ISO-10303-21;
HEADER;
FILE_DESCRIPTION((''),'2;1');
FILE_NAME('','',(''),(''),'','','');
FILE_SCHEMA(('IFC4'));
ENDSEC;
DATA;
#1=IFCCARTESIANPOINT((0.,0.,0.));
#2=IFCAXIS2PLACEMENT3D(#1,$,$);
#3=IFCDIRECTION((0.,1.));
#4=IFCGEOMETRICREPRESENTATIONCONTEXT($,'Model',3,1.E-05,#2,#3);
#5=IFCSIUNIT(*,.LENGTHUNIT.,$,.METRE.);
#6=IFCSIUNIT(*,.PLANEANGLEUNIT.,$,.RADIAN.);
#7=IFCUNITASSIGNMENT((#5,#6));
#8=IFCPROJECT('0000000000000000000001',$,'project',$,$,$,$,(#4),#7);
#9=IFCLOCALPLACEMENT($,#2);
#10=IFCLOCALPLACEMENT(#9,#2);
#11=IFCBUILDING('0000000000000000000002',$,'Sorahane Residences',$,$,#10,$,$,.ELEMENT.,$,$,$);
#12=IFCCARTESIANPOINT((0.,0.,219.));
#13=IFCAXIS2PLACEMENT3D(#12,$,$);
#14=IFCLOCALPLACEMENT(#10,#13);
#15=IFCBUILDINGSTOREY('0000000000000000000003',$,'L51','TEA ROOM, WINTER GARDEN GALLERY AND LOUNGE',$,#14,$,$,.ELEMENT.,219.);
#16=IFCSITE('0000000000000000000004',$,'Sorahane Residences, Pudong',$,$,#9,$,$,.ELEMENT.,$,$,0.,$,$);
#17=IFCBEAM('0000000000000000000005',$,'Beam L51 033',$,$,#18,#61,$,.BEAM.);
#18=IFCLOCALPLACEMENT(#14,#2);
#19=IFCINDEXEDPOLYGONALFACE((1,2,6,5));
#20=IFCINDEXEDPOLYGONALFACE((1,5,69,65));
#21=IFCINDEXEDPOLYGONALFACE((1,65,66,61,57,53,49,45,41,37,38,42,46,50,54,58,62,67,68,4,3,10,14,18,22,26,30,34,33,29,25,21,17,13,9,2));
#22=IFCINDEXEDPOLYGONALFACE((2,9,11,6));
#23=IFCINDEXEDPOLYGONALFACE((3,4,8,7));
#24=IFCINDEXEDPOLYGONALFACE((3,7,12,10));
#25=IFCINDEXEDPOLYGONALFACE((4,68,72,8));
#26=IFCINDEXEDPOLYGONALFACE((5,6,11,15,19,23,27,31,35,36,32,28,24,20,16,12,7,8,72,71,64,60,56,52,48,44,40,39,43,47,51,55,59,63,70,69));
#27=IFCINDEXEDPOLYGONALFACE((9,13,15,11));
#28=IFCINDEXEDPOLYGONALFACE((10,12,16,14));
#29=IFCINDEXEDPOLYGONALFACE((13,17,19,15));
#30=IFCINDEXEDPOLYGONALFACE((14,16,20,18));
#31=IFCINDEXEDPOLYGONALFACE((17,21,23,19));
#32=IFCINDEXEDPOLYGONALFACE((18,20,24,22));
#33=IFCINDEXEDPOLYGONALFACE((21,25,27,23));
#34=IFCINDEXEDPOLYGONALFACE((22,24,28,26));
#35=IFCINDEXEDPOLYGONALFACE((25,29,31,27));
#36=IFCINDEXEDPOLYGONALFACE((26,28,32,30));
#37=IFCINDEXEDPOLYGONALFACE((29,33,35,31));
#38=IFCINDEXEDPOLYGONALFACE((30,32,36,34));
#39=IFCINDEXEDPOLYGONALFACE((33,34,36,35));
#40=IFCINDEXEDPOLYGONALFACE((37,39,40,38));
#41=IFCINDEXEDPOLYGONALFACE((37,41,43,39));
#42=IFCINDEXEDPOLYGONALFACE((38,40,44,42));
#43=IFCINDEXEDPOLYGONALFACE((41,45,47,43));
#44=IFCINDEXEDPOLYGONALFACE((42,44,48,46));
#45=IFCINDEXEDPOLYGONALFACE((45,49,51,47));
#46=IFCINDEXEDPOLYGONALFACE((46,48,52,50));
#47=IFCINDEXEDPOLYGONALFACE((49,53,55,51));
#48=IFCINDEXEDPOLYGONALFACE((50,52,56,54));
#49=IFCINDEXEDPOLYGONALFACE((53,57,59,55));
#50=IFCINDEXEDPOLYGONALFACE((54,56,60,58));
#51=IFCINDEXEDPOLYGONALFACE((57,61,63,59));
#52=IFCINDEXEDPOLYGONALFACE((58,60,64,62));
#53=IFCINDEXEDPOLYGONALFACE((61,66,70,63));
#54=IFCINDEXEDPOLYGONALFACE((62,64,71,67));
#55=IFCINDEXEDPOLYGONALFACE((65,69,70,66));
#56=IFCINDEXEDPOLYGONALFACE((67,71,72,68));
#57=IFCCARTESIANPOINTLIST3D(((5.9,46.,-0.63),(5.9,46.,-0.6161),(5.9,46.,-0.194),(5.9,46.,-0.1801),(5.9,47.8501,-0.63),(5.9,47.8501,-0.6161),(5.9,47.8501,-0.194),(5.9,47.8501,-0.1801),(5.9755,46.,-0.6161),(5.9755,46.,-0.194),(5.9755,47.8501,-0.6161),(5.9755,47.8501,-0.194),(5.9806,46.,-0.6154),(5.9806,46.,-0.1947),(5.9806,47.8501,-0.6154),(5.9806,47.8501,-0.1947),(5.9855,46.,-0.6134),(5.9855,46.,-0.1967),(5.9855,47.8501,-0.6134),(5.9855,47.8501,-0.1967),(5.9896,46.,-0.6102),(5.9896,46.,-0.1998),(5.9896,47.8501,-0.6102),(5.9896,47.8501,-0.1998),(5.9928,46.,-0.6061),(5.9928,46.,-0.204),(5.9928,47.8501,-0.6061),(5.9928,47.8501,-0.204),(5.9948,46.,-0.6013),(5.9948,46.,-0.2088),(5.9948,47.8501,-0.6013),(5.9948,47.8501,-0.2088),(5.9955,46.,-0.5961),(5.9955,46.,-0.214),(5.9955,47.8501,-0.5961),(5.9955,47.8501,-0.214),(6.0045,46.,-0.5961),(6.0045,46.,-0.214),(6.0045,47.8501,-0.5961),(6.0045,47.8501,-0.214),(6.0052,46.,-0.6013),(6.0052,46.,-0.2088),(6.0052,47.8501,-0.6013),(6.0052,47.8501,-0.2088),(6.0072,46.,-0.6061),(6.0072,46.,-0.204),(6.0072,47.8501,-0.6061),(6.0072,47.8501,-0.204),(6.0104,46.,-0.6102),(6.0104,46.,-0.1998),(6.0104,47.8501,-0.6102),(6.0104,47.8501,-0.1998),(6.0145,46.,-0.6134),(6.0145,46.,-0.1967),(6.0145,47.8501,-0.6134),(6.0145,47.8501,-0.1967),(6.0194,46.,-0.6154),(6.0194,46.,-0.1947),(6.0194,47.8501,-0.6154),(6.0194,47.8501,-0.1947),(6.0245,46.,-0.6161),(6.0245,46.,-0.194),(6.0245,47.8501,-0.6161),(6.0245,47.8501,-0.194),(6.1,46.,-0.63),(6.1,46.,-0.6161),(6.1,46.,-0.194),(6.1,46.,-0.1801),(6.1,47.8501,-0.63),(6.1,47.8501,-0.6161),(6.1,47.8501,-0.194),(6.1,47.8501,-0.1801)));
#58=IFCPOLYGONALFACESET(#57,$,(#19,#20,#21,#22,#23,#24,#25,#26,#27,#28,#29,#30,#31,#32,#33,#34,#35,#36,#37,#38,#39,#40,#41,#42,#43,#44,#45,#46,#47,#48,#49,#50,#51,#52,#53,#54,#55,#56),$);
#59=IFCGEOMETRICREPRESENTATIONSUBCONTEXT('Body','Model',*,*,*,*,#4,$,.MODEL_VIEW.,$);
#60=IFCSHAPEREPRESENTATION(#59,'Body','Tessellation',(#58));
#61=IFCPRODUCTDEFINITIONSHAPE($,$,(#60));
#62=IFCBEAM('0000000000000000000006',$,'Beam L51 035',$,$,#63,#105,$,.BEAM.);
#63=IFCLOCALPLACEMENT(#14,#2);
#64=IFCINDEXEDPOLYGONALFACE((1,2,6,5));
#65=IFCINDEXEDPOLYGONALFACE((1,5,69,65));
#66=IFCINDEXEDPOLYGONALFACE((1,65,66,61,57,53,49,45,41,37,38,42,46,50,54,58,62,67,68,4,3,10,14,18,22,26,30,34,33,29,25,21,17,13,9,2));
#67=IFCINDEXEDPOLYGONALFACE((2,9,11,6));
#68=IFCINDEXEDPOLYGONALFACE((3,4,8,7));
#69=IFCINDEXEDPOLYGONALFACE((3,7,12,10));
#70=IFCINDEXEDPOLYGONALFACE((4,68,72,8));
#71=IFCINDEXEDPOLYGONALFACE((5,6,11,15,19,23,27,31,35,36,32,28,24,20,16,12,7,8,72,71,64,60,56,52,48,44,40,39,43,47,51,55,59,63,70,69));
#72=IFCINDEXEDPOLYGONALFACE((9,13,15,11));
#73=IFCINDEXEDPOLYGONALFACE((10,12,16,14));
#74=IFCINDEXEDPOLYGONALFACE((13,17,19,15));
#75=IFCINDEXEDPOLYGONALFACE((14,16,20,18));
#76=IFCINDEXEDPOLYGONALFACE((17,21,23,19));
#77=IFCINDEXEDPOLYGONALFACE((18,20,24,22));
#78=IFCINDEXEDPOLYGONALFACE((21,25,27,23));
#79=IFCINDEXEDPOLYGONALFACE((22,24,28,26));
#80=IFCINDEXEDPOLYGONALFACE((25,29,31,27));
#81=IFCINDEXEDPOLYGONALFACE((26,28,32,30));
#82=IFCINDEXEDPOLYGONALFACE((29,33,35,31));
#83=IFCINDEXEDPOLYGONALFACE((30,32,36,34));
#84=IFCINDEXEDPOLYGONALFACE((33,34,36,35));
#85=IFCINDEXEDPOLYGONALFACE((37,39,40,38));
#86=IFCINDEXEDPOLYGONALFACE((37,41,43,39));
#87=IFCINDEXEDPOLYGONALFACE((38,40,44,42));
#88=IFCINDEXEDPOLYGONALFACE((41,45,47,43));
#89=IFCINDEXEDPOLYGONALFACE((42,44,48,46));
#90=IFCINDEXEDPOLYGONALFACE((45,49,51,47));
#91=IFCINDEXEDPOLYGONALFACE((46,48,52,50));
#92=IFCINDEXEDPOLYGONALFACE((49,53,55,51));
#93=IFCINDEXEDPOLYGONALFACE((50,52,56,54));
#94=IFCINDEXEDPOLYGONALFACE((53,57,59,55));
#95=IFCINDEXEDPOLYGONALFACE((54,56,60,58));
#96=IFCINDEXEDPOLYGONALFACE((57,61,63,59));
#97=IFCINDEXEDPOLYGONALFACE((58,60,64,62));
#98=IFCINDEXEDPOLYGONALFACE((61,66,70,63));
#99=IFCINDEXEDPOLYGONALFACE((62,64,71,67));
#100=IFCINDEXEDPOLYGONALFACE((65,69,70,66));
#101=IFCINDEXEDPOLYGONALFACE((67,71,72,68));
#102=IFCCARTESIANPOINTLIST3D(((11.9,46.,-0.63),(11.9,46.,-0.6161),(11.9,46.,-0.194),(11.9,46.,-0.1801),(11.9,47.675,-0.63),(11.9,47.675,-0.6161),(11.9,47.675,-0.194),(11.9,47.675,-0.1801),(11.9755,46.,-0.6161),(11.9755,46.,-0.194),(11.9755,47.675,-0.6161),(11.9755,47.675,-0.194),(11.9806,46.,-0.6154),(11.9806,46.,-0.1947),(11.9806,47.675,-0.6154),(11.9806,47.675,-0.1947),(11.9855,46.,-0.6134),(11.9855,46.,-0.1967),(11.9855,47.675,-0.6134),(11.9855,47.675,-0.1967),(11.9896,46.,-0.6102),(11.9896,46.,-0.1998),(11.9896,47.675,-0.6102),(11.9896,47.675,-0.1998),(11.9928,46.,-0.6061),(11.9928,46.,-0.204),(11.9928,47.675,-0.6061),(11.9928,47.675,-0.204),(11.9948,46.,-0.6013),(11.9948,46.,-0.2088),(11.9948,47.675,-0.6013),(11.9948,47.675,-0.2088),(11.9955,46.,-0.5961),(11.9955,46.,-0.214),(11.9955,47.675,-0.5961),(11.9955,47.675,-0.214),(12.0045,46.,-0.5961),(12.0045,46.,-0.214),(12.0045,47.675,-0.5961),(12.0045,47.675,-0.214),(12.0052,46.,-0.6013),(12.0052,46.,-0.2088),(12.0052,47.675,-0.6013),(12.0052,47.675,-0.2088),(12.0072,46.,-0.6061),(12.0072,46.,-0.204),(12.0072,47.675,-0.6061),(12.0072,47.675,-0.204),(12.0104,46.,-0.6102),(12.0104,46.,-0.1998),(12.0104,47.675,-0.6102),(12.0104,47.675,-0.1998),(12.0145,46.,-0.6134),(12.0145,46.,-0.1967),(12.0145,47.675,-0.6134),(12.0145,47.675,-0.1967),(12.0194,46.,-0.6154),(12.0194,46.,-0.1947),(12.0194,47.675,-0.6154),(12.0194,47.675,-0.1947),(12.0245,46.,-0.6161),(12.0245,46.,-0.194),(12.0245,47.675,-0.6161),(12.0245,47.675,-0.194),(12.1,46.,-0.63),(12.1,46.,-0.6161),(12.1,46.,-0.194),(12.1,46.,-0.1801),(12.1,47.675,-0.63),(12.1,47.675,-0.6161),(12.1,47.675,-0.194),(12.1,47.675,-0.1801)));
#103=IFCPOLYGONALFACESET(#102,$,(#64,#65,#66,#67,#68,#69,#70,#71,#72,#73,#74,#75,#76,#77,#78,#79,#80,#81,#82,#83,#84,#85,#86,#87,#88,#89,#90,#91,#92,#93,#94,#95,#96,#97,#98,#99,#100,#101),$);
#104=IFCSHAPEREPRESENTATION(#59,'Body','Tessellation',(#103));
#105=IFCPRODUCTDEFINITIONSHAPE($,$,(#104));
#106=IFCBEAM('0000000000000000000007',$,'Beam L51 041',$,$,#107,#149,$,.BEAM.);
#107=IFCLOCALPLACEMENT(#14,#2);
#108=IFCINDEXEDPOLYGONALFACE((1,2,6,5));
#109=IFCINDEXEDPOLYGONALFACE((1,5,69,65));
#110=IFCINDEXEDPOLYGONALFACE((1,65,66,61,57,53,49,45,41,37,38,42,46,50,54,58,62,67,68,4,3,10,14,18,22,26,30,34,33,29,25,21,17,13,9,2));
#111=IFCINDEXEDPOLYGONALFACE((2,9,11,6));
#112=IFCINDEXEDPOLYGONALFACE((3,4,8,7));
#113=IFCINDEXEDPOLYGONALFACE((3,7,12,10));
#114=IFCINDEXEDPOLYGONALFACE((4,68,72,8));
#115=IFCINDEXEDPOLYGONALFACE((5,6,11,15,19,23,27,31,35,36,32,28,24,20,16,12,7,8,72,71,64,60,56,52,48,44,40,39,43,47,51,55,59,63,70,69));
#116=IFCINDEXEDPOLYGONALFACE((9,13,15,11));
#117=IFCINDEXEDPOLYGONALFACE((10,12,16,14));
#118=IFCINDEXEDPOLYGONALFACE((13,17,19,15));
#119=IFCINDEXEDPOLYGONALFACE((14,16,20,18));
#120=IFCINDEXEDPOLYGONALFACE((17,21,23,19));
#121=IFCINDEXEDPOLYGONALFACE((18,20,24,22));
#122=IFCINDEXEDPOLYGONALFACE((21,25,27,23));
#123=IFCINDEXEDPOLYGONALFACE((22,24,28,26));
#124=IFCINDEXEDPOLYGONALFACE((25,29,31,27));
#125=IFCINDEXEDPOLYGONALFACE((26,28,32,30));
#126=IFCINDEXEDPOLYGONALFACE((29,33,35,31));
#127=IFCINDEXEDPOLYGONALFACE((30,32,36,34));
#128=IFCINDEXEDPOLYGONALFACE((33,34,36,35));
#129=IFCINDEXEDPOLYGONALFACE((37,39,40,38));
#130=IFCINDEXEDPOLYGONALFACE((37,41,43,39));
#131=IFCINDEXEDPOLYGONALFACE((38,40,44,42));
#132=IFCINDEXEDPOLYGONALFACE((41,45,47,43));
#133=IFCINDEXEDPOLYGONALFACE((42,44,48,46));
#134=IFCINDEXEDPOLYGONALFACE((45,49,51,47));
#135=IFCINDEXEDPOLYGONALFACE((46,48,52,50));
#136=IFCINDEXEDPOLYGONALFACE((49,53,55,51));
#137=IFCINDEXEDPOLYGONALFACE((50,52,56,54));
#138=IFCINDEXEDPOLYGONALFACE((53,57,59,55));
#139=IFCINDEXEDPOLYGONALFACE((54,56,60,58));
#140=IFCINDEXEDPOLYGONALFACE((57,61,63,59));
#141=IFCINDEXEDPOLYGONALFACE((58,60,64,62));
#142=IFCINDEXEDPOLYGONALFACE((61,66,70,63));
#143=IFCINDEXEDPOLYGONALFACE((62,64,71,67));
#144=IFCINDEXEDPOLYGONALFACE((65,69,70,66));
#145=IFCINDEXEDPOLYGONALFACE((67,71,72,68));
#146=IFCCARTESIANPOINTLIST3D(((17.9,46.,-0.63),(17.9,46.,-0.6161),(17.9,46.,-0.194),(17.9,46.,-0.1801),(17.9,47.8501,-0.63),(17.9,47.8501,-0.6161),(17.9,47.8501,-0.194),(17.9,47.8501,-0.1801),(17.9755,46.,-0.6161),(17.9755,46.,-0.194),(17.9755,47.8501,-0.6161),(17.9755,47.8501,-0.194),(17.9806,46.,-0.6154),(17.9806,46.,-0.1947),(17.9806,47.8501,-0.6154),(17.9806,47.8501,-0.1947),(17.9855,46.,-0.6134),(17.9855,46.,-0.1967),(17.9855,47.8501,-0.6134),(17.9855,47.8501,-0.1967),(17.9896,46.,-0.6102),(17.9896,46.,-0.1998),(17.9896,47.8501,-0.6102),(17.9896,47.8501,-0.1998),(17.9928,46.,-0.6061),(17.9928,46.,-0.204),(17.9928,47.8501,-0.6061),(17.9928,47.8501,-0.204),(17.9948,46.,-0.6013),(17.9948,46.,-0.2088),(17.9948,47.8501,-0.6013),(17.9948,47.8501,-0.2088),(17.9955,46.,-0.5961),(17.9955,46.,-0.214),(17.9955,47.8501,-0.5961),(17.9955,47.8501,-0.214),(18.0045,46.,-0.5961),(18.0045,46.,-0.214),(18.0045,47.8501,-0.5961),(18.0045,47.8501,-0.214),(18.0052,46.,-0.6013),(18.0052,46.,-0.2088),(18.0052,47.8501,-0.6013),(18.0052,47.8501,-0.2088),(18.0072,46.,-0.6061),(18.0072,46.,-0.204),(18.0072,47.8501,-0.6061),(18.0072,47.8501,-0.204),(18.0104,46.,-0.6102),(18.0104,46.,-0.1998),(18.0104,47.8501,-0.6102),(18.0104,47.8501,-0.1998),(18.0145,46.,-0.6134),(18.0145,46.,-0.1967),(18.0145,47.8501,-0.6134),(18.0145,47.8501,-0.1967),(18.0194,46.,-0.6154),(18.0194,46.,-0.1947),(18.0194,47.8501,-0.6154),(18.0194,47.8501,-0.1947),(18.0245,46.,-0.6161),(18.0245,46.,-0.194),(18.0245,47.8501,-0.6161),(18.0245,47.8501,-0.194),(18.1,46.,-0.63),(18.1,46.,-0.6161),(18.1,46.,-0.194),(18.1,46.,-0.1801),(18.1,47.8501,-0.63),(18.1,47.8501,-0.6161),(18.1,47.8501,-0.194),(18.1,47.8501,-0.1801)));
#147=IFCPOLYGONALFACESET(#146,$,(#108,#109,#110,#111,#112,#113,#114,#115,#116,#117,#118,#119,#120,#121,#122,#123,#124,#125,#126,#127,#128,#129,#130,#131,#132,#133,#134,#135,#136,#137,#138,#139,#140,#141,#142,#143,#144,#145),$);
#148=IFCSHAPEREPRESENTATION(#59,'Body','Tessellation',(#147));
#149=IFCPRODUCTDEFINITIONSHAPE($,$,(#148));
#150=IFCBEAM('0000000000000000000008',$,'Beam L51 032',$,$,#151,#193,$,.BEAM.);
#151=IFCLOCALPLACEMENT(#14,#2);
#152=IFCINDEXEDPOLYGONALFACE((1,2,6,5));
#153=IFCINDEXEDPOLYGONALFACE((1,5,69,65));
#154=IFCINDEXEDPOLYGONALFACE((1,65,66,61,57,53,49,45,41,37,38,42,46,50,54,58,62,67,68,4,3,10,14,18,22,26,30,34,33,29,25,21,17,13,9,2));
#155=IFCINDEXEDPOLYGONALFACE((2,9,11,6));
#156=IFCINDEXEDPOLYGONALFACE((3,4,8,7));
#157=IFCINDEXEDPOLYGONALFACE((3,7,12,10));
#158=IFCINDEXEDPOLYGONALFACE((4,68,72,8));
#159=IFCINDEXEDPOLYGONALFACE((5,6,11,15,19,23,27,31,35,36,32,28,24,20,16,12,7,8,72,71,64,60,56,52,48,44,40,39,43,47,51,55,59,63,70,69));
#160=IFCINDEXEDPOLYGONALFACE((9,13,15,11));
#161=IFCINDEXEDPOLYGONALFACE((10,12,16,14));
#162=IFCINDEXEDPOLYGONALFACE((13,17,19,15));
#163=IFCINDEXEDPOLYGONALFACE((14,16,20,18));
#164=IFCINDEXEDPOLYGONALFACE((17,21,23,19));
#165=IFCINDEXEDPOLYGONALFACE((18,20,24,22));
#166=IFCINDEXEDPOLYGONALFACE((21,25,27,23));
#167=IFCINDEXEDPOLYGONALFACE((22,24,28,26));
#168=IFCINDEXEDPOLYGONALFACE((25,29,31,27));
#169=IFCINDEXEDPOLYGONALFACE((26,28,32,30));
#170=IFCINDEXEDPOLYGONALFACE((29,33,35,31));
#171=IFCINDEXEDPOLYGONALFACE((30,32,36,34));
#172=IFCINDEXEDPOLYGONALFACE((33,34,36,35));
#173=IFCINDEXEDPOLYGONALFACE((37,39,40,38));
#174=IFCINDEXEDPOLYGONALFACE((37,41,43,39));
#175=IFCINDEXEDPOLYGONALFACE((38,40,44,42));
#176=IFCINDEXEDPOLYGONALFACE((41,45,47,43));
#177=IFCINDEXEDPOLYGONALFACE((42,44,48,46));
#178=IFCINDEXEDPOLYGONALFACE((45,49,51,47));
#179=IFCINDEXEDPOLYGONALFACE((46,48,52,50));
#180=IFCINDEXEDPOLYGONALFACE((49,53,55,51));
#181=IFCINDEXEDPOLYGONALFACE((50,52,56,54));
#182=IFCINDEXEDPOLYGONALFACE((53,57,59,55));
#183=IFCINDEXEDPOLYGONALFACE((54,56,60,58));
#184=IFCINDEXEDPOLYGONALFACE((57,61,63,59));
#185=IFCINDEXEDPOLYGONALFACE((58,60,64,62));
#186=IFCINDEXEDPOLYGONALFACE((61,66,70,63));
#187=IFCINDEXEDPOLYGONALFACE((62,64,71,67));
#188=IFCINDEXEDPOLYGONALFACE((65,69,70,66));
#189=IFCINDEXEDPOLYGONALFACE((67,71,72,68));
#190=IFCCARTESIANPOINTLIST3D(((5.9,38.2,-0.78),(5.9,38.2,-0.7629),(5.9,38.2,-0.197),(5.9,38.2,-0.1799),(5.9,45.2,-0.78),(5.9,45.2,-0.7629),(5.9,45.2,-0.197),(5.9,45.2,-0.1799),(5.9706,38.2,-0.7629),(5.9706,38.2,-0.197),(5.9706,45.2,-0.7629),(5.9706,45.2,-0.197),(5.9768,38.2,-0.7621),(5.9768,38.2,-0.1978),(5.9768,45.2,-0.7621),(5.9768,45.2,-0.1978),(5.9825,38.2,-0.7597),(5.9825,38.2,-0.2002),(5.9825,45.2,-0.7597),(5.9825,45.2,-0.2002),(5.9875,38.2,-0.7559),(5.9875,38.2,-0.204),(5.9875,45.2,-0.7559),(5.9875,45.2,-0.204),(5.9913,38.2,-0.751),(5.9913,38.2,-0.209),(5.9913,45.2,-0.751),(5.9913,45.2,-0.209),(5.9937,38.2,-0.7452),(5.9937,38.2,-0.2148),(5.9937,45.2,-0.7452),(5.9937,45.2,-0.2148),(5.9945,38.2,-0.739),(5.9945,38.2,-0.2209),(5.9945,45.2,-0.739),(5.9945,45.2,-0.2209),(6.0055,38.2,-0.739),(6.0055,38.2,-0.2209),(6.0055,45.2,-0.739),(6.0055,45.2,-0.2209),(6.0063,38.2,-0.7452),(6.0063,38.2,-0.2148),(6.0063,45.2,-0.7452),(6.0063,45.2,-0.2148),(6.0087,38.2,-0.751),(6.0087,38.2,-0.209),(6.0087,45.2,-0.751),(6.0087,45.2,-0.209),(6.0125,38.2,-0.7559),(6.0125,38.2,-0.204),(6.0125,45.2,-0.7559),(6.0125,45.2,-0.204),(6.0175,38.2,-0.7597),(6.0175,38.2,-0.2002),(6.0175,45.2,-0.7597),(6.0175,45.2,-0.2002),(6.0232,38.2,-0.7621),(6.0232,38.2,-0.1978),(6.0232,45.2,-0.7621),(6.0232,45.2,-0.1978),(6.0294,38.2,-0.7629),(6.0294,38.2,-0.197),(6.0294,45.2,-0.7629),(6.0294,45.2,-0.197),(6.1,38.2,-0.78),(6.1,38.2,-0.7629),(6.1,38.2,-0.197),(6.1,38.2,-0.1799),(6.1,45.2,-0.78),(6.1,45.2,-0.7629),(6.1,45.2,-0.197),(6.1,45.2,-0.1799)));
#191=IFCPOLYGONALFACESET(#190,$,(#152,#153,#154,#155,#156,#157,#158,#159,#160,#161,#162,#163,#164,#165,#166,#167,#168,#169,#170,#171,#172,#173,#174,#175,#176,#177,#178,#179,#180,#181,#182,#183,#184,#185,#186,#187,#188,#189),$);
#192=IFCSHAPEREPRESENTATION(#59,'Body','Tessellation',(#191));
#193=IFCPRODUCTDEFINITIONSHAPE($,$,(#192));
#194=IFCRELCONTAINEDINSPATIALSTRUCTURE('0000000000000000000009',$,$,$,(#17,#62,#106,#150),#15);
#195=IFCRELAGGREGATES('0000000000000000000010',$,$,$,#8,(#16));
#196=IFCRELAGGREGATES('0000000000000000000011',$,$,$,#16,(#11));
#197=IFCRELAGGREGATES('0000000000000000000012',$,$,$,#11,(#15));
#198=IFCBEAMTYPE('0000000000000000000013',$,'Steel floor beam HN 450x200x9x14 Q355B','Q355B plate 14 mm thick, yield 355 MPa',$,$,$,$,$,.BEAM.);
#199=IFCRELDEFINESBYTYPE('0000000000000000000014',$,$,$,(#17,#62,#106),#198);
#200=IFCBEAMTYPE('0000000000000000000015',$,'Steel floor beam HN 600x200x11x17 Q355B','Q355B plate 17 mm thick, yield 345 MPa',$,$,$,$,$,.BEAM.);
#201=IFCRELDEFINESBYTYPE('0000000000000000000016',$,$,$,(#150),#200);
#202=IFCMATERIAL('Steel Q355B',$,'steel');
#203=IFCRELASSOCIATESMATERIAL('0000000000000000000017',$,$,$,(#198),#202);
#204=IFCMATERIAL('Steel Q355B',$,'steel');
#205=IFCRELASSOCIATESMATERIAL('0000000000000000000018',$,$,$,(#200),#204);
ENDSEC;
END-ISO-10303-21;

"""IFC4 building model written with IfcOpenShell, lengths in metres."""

from ifc_helpers import new_model, si_unit, direction, frame, origin, origin_2d, place, context, subcontext, project, spatial, i_section, extrude, material, material_profile, profile_set, type_object, element, save


model = new_model("IFC4")

# Units and contexts
model_context = context("Model", 3, precision=1e-05, world=origin(), true_north=direction((0.0, 1.0)))
body_context = subcontext(model_context, "Body", "Model", "MODEL_VIEW")
ifc_project = project(units=[si_unit("LENGTHUNIT", "METRE"), si_unit("PLANEANGLEUNIT", "RADIAN")], contexts=[model_context])

# Site, building, storey
site_placement = place(None, origin())
site = spatial("IfcSite", under=ifc_project, at=site_placement, Name="Sorahane Residences, Pudong", CompositionType="ELEMENT", RefElevation=0.0)
building_placement = place(site_placement, origin())
building = spatial("IfcBuilding", under=site, at=building_placement, Name="Sorahane Residences", CompositionType="ELEMENT")
storey_placement = place(building_placement, frame((0.0, 0.0, 219.0)))
storey = spatial("IfcBuildingStorey", under=building, at=storey_placement, Name="L51", Description="TEA ROOM, WINTER GARDEN GALLERY AND LOUNGE", CompositionType="ELEMENT", Elevation=219.0)

# Beams
ifc_material_1 = material(Name="Steel Q355B", Category="steel")
ifc_material_profile_1 = material_profile(ifc_material_1, i_section(OverallWidth=0.2, OverallDepth=0.45, WebThickness=0.009, FlangeThickness=0.0139, FilletRadius=0.02, at=origin_2d()), Name="HN 450x200x9x14")
ifc_profile_set_1 = profile_set([ifc_material_profile_1], Name="Steel Q355B")
beam_type_1 = type_object("IfcBeamType", Name="Steel floor beam HN 450x200x9x14 Q355B", Description="Q355B plate 14 mm thick, yield 355 MPa", PredefinedType="BEAM", material=ifc_profile_set_1)
beam_1_placement = place(storey_placement, frame((6.0, 46.0, -0.405), z_axis=(0.0, 1.0, 0.0), x_axis=(-1.0, 0.0, 0.0)))
element("IfcBeam", 1, at=beam_1_placement, inside=storey, type_object=beam_type_1, Name="Beam L51 033", PredefinedType="BEAM", context=body_context, shape_type="SweptSolid", body=[
    extrude(i_section(OverallWidth=0.2, OverallDepth=0.45, WebThickness=0.009, FlangeThickness=0.0139, FilletRadius=0.02, at=origin_2d()), origin(), (0.0, 0.0, 1.0), 1.8501),
])
beam_2_placement = place(storey_placement, frame((12.0, 46.0, -0.405), z_axis=(0.0, 1.0, 0.0), x_axis=(-1.0, 0.0, 0.0)))
element("IfcBeam", 2, at=beam_2_placement, inside=storey, type_object=beam_type_1, Name="Beam L51 035", PredefinedType="BEAM", context=body_context, shape_type="SweptSolid", body=[
    extrude(i_section(OverallWidth=0.2, OverallDepth=0.45, WebThickness=0.009, FlangeThickness=0.0139, FilletRadius=0.02, at=origin_2d()), origin(), (0.0, 0.0, 1.0), 1.675),
])
beam_3_placement = place(storey_placement, frame((18.0, 46.0, -0.405), z_axis=(0.0, 1.0, 0.0), x_axis=(-1.0, 0.0, 0.0)))
element("IfcBeam", 3, at=beam_3_placement, inside=storey, type_object=beam_type_1, Name="Beam L51 041", PredefinedType="BEAM", context=body_context, shape_type="SweptSolid", body=[
    extrude(i_section(OverallWidth=0.2, OverallDepth=0.45, WebThickness=0.009, FlangeThickness=0.0139, FilletRadius=0.02, at=origin_2d()), origin(), (0.0, 0.0, 1.0), 1.8501),
])
ifc_material_2 = material(Name="Steel Q355B", Category="steel")
ifc_material_profile_2 = material_profile(ifc_material_2, i_section(OverallWidth=0.2, OverallDepth=0.6001, WebThickness=0.011, FlangeThickness=0.0171, FilletRadius=0.0239, at=origin_2d()), Name="HN 600x200x11x17")
ifc_profile_set_2 = profile_set([ifc_material_profile_2], Name="Steel Q355B")
beam_type_2 = type_object("IfcBeamType", Name="Steel floor beam HN 600x200x11x17 Q355B", Description="Q355B plate 17 mm thick, yield 345 MPa", PredefinedType="BEAM", material=ifc_profile_set_2)
for number, where, z_axis, x_axis, name in (
    (4, (6.0, 38.2, -0.48), (0.0, 1.0, 0.0), (-1.0, 0.0, 0.0), "Beam L51 032"),
):
    element("IfcBeam", number, at=place(storey_placement, frame(where, z_axis=z_axis, x_axis=x_axis)), inside=storey, type_object=beam_type_2, Name=name, PredefinedType="BEAM", context=body_context, shape_type="SweptSolid", body=[
        extrude(i_section(OverallWidth=0.2, OverallDepth=0.6001, WebThickness=0.011, FlangeThickness=0.0171, FilletRadius=0.0239, at=origin_2d()), origin(), (0.0, 0.0, 1.0), 7.0),
    ])

save(model, "model.ifc")
